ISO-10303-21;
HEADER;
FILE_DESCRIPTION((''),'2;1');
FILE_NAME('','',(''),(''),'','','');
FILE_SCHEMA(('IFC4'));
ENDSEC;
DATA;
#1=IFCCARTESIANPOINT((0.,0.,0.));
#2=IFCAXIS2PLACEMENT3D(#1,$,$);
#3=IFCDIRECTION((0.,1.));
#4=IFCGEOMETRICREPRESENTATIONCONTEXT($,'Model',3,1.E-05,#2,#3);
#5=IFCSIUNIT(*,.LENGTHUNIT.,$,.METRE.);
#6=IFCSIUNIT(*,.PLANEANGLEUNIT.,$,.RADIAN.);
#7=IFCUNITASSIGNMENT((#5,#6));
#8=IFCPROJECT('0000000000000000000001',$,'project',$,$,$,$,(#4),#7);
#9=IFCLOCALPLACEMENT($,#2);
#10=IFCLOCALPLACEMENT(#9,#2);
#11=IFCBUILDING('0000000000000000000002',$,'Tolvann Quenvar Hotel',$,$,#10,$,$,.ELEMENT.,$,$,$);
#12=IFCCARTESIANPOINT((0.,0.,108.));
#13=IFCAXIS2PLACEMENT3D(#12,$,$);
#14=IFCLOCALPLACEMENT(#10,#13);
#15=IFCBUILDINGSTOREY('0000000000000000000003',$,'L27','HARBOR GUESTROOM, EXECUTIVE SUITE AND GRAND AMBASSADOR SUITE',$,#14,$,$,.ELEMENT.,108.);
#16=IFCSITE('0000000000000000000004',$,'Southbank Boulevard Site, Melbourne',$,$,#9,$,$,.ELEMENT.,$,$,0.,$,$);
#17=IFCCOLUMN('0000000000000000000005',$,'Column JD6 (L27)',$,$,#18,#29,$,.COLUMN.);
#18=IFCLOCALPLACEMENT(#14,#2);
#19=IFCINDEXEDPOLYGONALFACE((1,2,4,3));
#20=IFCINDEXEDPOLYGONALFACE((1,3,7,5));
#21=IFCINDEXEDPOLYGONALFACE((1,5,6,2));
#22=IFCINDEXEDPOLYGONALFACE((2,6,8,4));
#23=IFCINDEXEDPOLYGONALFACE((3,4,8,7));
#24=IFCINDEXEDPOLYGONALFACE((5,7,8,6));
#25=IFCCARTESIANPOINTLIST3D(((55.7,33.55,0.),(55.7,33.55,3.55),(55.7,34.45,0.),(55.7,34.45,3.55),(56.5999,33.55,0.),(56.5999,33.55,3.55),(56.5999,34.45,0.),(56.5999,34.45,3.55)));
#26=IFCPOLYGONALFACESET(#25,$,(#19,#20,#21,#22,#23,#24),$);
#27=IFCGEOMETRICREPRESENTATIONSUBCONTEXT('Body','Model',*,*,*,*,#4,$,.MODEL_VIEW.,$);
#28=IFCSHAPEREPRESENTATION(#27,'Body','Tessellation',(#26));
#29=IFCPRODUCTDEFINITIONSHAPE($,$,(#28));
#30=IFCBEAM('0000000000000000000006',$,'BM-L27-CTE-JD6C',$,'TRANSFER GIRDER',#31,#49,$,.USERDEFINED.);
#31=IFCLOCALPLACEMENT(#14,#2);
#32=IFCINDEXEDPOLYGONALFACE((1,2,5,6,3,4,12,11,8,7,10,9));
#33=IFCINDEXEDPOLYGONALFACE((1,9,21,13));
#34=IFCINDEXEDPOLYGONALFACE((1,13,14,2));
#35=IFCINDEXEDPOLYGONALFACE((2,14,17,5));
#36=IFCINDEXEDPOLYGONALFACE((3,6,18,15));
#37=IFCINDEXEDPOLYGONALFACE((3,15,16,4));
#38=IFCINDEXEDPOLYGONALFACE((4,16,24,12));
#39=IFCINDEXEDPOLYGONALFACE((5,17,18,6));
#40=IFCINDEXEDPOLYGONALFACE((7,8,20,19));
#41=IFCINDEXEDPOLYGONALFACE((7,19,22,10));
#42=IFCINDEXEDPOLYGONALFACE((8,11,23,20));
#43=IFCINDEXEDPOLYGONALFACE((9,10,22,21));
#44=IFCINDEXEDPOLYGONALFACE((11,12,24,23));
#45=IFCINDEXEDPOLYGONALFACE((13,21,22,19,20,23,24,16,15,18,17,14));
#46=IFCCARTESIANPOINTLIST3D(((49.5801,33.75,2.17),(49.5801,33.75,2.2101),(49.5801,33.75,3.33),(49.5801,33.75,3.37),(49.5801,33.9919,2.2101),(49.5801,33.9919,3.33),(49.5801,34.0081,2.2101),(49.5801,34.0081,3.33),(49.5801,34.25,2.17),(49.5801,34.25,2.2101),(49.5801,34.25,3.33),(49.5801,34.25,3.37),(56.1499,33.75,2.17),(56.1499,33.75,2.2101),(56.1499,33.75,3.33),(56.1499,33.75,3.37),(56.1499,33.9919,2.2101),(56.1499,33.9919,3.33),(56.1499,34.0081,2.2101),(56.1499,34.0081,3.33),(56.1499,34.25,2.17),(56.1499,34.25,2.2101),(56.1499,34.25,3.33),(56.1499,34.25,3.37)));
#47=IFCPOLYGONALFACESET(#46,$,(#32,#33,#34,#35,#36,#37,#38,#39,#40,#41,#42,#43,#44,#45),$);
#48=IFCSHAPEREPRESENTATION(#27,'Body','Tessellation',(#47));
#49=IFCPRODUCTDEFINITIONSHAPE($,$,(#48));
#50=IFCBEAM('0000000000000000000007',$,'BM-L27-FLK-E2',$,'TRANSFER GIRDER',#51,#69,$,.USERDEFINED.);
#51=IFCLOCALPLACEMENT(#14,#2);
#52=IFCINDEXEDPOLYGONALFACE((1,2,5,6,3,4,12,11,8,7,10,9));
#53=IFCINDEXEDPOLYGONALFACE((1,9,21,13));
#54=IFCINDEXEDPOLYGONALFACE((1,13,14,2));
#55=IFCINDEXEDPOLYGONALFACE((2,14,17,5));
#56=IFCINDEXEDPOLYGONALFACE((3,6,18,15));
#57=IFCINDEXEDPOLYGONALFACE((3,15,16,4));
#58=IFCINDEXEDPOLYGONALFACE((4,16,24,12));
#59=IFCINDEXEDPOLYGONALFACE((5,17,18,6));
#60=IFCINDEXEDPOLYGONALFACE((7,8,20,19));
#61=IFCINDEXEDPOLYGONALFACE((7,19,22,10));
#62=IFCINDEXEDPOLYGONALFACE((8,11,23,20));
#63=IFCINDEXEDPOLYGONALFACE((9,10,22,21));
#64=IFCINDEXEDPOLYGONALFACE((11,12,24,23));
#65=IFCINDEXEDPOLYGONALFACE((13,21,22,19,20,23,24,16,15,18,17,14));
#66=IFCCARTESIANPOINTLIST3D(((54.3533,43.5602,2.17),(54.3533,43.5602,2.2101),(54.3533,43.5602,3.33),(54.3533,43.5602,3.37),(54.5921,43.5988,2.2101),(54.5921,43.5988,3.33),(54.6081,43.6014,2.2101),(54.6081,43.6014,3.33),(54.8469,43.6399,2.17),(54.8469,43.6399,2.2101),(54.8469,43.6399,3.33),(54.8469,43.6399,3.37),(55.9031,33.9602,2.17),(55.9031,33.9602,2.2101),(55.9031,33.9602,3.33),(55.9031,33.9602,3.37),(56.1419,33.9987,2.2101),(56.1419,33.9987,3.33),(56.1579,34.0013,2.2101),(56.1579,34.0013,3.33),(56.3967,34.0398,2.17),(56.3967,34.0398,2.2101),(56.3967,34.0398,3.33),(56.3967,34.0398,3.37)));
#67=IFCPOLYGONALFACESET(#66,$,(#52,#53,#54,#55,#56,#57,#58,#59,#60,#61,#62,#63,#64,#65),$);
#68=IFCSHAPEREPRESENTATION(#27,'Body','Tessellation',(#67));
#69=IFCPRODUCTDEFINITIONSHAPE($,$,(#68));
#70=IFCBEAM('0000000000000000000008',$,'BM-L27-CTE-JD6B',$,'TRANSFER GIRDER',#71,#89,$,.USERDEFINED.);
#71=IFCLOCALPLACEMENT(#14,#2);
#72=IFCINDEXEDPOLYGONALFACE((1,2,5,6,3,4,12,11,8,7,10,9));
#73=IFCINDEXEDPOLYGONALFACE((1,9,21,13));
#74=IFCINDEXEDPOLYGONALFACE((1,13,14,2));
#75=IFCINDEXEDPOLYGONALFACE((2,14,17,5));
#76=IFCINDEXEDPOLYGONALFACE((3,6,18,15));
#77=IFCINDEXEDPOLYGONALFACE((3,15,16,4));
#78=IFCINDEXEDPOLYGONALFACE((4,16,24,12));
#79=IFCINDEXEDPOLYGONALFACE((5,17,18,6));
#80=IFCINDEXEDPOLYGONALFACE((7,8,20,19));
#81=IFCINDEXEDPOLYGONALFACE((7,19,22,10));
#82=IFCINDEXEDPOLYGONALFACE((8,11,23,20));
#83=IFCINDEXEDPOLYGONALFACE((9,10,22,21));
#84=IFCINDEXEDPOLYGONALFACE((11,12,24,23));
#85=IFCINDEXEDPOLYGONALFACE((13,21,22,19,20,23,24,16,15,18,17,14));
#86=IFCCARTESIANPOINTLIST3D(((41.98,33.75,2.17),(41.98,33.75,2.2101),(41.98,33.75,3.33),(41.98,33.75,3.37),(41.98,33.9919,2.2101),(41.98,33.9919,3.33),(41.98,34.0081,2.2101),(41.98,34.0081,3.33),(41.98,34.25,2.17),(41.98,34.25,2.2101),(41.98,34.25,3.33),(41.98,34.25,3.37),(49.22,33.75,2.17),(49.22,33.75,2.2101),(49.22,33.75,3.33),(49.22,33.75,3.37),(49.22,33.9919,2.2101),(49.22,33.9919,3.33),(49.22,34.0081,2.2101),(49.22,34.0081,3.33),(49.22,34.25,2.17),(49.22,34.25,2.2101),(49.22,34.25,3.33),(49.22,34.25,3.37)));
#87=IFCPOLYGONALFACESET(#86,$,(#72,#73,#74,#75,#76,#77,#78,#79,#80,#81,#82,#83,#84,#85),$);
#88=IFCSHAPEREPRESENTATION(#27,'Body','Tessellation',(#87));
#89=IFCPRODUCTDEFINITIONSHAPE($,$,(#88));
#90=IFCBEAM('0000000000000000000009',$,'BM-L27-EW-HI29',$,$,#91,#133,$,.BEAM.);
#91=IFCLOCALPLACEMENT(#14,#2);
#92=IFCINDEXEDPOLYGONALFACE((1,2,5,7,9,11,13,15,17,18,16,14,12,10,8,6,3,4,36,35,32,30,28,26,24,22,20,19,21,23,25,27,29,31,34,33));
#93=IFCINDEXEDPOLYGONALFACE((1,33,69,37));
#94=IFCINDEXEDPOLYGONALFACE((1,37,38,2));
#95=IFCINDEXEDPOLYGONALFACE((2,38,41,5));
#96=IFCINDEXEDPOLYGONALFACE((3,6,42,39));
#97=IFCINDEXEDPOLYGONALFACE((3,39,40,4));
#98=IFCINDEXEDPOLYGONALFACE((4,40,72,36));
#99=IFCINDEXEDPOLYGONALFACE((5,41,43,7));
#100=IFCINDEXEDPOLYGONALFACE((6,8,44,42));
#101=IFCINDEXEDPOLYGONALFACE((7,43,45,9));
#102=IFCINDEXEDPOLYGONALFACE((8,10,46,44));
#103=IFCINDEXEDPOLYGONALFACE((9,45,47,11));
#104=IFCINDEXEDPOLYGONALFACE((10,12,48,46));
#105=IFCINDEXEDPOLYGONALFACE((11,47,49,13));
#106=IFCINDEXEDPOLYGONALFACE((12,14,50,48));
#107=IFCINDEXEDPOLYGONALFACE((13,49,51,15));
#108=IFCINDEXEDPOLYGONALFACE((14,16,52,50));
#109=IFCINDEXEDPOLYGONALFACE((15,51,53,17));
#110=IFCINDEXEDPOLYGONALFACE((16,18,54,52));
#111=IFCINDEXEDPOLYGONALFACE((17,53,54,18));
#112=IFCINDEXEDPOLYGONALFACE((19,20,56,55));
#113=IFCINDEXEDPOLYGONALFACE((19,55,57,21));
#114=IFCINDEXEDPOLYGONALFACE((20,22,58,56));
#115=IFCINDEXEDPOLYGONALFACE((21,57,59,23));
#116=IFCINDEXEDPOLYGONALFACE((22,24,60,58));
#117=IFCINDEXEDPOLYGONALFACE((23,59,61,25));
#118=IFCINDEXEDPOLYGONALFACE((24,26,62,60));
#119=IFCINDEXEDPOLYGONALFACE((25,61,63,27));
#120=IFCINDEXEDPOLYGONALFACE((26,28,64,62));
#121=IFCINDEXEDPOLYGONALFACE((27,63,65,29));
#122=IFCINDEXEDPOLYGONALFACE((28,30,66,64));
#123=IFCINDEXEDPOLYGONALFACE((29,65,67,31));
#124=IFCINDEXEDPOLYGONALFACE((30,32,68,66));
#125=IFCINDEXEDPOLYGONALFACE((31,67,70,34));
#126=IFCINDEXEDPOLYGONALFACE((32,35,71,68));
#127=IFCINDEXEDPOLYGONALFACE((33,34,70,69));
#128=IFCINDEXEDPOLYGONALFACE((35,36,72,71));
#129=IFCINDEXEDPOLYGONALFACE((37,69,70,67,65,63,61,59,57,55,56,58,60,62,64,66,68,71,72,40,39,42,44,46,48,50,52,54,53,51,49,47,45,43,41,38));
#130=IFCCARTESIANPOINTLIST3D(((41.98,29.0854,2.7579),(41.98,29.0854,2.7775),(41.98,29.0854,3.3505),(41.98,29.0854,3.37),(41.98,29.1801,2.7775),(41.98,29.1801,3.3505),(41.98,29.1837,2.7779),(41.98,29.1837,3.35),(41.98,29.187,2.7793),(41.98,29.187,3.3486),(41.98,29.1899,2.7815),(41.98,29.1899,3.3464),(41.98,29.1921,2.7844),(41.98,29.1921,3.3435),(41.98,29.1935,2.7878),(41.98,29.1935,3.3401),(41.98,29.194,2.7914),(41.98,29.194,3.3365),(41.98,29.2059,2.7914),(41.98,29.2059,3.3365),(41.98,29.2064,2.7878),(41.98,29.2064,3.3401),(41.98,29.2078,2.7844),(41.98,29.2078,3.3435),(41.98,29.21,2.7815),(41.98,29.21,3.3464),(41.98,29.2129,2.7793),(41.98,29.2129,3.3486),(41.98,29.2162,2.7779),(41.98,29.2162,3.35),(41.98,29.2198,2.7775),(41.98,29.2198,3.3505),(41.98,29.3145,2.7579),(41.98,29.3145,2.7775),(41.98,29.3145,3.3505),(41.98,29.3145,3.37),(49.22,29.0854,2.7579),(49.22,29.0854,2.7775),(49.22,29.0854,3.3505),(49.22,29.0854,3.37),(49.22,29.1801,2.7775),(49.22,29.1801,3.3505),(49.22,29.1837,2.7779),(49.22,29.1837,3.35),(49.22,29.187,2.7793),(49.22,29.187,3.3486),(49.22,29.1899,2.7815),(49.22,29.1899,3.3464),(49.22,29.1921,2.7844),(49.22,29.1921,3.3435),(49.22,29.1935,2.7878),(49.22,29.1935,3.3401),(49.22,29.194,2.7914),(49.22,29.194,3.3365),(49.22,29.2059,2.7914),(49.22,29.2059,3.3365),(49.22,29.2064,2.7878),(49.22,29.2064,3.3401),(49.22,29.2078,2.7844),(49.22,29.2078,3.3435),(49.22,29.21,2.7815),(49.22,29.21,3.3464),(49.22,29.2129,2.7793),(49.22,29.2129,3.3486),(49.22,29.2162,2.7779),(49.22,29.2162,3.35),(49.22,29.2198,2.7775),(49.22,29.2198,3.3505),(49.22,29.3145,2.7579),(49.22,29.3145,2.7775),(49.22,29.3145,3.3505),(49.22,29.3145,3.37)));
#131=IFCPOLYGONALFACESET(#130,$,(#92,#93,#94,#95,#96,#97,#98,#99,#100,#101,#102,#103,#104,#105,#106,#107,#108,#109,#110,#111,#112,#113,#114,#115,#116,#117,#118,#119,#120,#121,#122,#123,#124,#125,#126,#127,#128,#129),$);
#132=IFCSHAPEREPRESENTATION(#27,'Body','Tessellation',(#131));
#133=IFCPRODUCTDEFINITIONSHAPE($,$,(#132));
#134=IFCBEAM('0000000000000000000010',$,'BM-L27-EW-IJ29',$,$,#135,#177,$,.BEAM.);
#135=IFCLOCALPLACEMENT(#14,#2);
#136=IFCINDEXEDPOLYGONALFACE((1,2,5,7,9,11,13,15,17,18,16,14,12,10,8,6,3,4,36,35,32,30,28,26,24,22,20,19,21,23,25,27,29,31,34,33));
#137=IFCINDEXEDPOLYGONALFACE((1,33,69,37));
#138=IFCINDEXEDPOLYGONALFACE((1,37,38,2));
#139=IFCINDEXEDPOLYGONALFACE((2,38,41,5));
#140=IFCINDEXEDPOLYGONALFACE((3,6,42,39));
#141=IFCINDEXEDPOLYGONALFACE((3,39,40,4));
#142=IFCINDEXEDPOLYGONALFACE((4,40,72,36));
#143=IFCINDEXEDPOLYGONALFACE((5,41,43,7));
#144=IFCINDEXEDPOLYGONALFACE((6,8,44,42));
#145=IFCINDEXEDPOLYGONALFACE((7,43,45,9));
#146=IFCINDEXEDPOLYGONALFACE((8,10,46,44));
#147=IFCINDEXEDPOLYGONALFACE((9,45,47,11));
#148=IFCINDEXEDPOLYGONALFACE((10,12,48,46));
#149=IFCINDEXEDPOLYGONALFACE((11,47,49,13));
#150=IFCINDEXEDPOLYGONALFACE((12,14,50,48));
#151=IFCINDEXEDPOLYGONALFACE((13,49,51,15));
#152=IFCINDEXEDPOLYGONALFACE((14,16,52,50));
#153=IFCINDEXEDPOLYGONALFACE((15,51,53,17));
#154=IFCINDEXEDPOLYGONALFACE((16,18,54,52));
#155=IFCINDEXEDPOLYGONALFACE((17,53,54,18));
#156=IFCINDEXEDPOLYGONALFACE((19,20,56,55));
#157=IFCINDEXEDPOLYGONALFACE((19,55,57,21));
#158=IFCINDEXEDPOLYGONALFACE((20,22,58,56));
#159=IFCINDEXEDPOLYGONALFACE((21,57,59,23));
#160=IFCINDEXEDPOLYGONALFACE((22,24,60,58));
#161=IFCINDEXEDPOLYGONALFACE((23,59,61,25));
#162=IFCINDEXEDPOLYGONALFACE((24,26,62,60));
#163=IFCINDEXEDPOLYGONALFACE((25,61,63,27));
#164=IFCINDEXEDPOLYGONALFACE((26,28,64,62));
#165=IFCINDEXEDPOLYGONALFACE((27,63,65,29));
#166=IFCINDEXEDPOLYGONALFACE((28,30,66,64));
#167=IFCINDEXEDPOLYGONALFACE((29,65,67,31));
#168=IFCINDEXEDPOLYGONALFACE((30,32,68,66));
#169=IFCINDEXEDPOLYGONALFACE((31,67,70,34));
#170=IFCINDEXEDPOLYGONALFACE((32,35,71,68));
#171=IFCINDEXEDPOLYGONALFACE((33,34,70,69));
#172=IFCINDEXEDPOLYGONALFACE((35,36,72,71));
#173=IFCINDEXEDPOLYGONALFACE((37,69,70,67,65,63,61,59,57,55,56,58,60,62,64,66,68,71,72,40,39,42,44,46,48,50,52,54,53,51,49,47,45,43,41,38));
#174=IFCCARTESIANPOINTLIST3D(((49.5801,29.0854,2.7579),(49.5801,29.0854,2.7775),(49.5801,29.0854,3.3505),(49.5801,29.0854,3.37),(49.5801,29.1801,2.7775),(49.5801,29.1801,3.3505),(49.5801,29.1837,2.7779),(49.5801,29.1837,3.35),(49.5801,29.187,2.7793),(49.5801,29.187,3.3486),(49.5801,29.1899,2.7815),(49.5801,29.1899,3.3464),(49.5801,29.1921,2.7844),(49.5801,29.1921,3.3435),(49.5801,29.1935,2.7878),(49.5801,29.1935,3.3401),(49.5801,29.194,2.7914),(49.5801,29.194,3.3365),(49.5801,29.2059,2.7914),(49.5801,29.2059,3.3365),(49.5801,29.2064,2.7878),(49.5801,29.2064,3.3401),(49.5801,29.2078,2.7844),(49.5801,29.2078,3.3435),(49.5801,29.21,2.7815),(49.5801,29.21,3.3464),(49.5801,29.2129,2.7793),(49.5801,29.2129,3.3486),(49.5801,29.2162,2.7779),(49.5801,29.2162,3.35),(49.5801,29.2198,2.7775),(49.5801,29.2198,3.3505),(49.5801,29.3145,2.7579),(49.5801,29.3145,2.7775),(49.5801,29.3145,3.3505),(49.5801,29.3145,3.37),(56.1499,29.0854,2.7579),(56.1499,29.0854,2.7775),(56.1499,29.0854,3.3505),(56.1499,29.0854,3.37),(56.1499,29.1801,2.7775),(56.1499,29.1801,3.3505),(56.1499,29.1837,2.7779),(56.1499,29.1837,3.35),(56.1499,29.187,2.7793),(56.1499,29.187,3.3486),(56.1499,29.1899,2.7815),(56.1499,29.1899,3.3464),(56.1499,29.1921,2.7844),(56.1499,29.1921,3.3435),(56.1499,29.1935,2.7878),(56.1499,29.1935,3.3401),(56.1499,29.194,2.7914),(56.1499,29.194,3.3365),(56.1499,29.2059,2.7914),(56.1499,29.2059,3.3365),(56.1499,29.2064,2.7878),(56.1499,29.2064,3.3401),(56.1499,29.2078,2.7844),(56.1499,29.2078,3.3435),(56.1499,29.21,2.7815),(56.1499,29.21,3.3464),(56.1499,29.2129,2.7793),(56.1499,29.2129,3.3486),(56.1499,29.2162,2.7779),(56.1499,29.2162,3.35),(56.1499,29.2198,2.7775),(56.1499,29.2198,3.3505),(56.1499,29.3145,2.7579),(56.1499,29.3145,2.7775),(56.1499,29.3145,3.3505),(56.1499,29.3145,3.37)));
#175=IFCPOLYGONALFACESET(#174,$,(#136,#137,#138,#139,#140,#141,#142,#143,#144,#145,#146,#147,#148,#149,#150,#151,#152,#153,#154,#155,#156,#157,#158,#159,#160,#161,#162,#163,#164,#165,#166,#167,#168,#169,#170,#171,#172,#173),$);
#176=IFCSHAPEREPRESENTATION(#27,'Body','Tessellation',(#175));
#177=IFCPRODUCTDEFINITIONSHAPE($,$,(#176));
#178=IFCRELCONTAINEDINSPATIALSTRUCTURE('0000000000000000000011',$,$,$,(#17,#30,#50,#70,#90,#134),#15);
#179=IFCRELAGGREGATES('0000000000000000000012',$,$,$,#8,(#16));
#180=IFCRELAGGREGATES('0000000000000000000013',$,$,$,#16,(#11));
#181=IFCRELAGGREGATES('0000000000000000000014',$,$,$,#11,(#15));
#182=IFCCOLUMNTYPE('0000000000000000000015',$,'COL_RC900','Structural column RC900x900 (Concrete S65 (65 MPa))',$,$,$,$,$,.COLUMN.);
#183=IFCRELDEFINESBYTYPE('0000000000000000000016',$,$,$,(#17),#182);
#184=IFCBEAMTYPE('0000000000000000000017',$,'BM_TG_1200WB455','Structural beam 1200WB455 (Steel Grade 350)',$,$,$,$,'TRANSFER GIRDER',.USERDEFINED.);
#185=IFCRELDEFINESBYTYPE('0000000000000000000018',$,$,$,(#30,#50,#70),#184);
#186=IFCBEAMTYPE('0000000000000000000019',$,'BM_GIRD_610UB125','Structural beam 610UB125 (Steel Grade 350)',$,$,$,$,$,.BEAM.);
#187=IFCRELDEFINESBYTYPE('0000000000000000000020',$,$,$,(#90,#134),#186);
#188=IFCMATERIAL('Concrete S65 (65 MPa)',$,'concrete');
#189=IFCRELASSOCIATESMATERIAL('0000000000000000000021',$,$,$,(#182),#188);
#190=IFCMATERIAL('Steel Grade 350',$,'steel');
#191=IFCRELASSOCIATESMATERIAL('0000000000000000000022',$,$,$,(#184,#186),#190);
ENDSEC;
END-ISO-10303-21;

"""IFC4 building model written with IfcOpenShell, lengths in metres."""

from ifc_helpers import new_model, si_unit, direction, frame, origin, origin_2d, place, context, subcontext, project, spatial, rectangle, i_section, extrude, source, transform, mapped, material, material_profile, profile_set, type_object, type_shapes, element, save


model = new_model("IFC4")

# Units and contexts
model_context = context("Model", 3, precision=1e-05, world=origin(), true_north=direction((0.0, 1.0)))
body_context = subcontext(model_context, "Body", "Model", "MODEL_VIEW")
ifc_project = project(units=[si_unit("LENGTHUNIT", "METRE"), si_unit("PLANEANGLEUNIT", "RADIAN")], contexts=[model_context])

# Site, building, storey
site_placement = place(None, origin())
site = spatial("IfcSite", under=ifc_project, at=site_placement, Name="Southbank Boulevard Site, Melbourne", CompositionType="ELEMENT", RefElevation=0.0)
building_placement = place(site_placement, origin())
building = spatial("IfcBuilding", under=site, at=building_placement, Name="Tolvann Quenvar Hotel", CompositionType="ELEMENT")
storey_placement = place(building_placement, frame((0.0, 0.0, 108.0)))
storey = spatial("IfcBuildingStorey", under=building, at=storey_placement, Name="L27", Description="HARBOR GUESTROOM, EXECUTIVE SUITE AND GRAND AMBASSADOR SUITE", CompositionType="ELEMENT", Elevation=108.0)

# Column
ifc_material_1 = material(Name="Concrete S65 (65 MPa)", Category="concrete")
ifc_material_profile_1 = material_profile(ifc_material_1, rectangle(XDim=0.8999, YDim=0.8999, at=origin_2d()), Name="RC900x900")
ifc_profile_set_1 = profile_set([ifc_material_profile_1], Name="Concrete S65 (65 MPa)")
column_type = type_object("IfcColumnType", Name="COL_RC900", Description="Structural column RC900x900 (Concrete S65 (65 MPa))", PredefinedType="COLUMN", material=ifc_profile_set_1)
shared_shape_1 = source(origin(), body_context, "Body", "SweptSolid", [
    extrude(rectangle(XDim=0.8999, YDim=0.8999, at=origin_2d()), origin(), (0.0, 0.0, 1.0), 3.55),
])
type_shapes(column_type, [shared_shape_1])
column_placement = place(storey_placement, frame((56.1499, 34.0, 0.0), z_axis=(0.0, 0.0, 1.0), x_axis=(1.0, 0.0, 0.0)))
element("IfcColumn", 1, at=column_placement, inside=storey, type_object=column_type, Name="Column JD6 (L27)", PredefinedType="COLUMN", context=body_context, shape_type="MappedRepresentation", body=[
    mapped(shared_shape_1, transform((0.0, 0.0, 0.0), x_axis=(1.0, 0.0, 0.0), y_axis=(0.0, 1.0, 0.0), z_axis=(0.0, 0.0, 1.0), scale=1.0)),
])

# Beams
ifc_material_2 = material(Name="Steel Grade 350", Category="steel")
ifc_material_profile_2 = material_profile(ifc_material_2, i_section(OverallWidth=0.5, OverallDepth=1.2, WebThickness=0.0161, FlangeThickness=0.04, at=origin_2d()), Name="1200WB455")
ifc_profile_set_2 = profile_set([ifc_material_profile_2], Name="Steel Grade 350")
beam_type_1 = type_object("IfcBeamType", Name="BM_TG_1200WB455", Description="Structural beam 1200WB455 (Steel Grade 350)", ElementType="TRANSFER GIRDER", PredefinedType="USERDEFINED", material=ifc_profile_set_2)
shared_shape_2 = source(origin(), body_context, "Body", "SweptSolid", [
    extrude(i_section(OverallWidth=0.5, OverallDepth=1.2, WebThickness=0.0161, FlangeThickness=0.04, at=origin_2d()), origin(), (0.0, 0.0, 1.0), 6.5698),
])
beam_1_placement = place(storey_placement, frame((49.5801, 34.0, 2.77), z_axis=(1.0, 0.0, 0.0), x_axis=(0.0, 1.0, 0.0)))
element("IfcBeam", 2, at=beam_1_placement, inside=storey, type_object=beam_type_1, Name="BM-L27-CTE-JD6C", ObjectType="TRANSFER GIRDER", PredefinedType="USERDEFINED", context=body_context, shape_type="MappedRepresentation", body=[
    mapped(shared_shape_2, transform((0.0, 0.0, 0.0), x_axis=(1.0, 0.0, 0.0), y_axis=(0.0, 1.0, 0.0), z_axis=(0.0, 0.0, 1.0), scale=1.0)),
])
shared_shape_3 = source(origin(), body_context, "Body", "SweptSolid", [
    extrude(i_section(OverallWidth=0.5, OverallDepth=1.2, WebThickness=0.0161, FlangeThickness=0.04, at=origin_2d()), origin(), (0.0, 0.0, 1.0), 9.7244),
])
beam_2_placement = place(storey_placement, frame((56.1499, 34.0, 2.77), z_axis=(-0.159373, 0.987218, 0.0), x_axis=(-0.987218, -0.159373, 0.0)))
element("IfcBeam", 3, at=beam_2_placement, inside=storey, type_object=beam_type_1, Name="BM-L27-FLK-E2", ObjectType="TRANSFER GIRDER", PredefinedType="USERDEFINED", context=body_context, shape_type="MappedRepresentation", body=[
    mapped(shared_shape_3, transform((0.0, 0.0, 0.0), x_axis=(1.0, 0.0, 0.0), y_axis=(0.0, 1.0, 0.0), z_axis=(0.0, 0.0, 1.0), scale=1.0)),
])
shared_shape_4 = source(origin(), body_context, "Body", "SweptSolid", [
    extrude(i_section(OverallWidth=0.5, OverallDepth=1.2, WebThickness=0.0161, FlangeThickness=0.04, at=origin_2d()), origin(), (0.0, 0.0, 1.0), 7.24),
])
type_shapes(beam_type_1, [shared_shape_2, shared_shape_3, shared_shape_4])
beam_3_placement = place(storey_placement, frame((41.98, 34.0, 2.77), z_axis=(1.0, 0.0, 0.0), x_axis=(0.0, 1.0, 0.0)))
element("IfcBeam", 4, at=beam_3_placement, inside=storey, type_object=beam_type_1, Name="BM-L27-CTE-JD6B", ObjectType="TRANSFER GIRDER", PredefinedType="USERDEFINED", context=body_context, shape_type="MappedRepresentation", body=[
    mapped(shared_shape_4, transform((0.0, 0.0, 0.0), x_axis=(1.0, 0.0, 0.0), y_axis=(0.0, 1.0, 0.0), z_axis=(0.0, 0.0, 1.0), scale=1.0)),
])
ifc_material_profile_3 = material_profile(ifc_material_2, i_section(OverallWidth=0.229, OverallDepth=0.6121, WebThickness=0.012, FlangeThickness=0.0195, FilletRadius=0.0139, at=origin_2d()), Name="610UB125")
ifc_profile_set_3 = profile_set([ifc_material_profile_3], Name="Steel Grade 350")
beam_type_2 = type_object("IfcBeamType", Name="BM_GIRD_610UB125", Description="Structural beam 610UB125 (Steel Grade 350)", PredefinedType="BEAM", material=ifc_profile_set_3)
shared_shape_5 = source(origin(), body_context, "Body", "SweptSolid", [
    extrude(i_section(OverallWidth=0.229, OverallDepth=0.6121, WebThickness=0.012, FlangeThickness=0.0195, FilletRadius=0.0139, at=origin_2d()), origin(), (0.0, 0.0, 1.0), 7.24),
])
beam_4_placement = place(storey_placement, frame((41.98, 29.2, 3.064), z_axis=(1.0, 0.0, 0.0), x_axis=(0.0, 1.0, 0.0)))
element("IfcBeam", 5, at=beam_4_placement, inside=storey, type_object=beam_type_2, Name="BM-L27-EW-HI29", PredefinedType="BEAM", context=body_context, shape_type="MappedRepresentation", body=[
    mapped(shared_shape_5, transform((0.0, 0.0, 0.0), x_axis=(1.0, 0.0, 0.0), y_axis=(0.0, 1.0, 0.0), z_axis=(0.0, 0.0, 1.0), scale=1.0)),
])
shared_shape_6 = source(origin(), body_context, "Body", "SweptSolid", [
    extrude(i_section(OverallWidth=0.229, OverallDepth=0.6121, WebThickness=0.012, FlangeThickness=0.0195, FilletRadius=0.0139, at=origin_2d()), origin(), (0.0, 0.0, 1.0), 6.5698),
])
type_shapes(beam_type_2, [shared_shape_5, shared_shape_6])
beam_5_placement = place(storey_placement, frame((49.5801, 29.2, 3.064), z_axis=(1.0, 0.0, 0.0), x_axis=(0.0, 1.0, 0.0)))
element("IfcBeam", 6, at=beam_5_placement, inside=storey, type_object=beam_type_2, Name="BM-L27-EW-IJ29", PredefinedType="BEAM", context=body_context, shape_type="MappedRepresentation", body=[
    mapped(shared_shape_6, transform((0.0, 0.0, 0.0), x_axis=(1.0, 0.0, 0.0), y_axis=(0.0, 1.0, 0.0), z_axis=(0.0, 0.0, 1.0), scale=1.0)),
])

save(model, "model.ifc")
